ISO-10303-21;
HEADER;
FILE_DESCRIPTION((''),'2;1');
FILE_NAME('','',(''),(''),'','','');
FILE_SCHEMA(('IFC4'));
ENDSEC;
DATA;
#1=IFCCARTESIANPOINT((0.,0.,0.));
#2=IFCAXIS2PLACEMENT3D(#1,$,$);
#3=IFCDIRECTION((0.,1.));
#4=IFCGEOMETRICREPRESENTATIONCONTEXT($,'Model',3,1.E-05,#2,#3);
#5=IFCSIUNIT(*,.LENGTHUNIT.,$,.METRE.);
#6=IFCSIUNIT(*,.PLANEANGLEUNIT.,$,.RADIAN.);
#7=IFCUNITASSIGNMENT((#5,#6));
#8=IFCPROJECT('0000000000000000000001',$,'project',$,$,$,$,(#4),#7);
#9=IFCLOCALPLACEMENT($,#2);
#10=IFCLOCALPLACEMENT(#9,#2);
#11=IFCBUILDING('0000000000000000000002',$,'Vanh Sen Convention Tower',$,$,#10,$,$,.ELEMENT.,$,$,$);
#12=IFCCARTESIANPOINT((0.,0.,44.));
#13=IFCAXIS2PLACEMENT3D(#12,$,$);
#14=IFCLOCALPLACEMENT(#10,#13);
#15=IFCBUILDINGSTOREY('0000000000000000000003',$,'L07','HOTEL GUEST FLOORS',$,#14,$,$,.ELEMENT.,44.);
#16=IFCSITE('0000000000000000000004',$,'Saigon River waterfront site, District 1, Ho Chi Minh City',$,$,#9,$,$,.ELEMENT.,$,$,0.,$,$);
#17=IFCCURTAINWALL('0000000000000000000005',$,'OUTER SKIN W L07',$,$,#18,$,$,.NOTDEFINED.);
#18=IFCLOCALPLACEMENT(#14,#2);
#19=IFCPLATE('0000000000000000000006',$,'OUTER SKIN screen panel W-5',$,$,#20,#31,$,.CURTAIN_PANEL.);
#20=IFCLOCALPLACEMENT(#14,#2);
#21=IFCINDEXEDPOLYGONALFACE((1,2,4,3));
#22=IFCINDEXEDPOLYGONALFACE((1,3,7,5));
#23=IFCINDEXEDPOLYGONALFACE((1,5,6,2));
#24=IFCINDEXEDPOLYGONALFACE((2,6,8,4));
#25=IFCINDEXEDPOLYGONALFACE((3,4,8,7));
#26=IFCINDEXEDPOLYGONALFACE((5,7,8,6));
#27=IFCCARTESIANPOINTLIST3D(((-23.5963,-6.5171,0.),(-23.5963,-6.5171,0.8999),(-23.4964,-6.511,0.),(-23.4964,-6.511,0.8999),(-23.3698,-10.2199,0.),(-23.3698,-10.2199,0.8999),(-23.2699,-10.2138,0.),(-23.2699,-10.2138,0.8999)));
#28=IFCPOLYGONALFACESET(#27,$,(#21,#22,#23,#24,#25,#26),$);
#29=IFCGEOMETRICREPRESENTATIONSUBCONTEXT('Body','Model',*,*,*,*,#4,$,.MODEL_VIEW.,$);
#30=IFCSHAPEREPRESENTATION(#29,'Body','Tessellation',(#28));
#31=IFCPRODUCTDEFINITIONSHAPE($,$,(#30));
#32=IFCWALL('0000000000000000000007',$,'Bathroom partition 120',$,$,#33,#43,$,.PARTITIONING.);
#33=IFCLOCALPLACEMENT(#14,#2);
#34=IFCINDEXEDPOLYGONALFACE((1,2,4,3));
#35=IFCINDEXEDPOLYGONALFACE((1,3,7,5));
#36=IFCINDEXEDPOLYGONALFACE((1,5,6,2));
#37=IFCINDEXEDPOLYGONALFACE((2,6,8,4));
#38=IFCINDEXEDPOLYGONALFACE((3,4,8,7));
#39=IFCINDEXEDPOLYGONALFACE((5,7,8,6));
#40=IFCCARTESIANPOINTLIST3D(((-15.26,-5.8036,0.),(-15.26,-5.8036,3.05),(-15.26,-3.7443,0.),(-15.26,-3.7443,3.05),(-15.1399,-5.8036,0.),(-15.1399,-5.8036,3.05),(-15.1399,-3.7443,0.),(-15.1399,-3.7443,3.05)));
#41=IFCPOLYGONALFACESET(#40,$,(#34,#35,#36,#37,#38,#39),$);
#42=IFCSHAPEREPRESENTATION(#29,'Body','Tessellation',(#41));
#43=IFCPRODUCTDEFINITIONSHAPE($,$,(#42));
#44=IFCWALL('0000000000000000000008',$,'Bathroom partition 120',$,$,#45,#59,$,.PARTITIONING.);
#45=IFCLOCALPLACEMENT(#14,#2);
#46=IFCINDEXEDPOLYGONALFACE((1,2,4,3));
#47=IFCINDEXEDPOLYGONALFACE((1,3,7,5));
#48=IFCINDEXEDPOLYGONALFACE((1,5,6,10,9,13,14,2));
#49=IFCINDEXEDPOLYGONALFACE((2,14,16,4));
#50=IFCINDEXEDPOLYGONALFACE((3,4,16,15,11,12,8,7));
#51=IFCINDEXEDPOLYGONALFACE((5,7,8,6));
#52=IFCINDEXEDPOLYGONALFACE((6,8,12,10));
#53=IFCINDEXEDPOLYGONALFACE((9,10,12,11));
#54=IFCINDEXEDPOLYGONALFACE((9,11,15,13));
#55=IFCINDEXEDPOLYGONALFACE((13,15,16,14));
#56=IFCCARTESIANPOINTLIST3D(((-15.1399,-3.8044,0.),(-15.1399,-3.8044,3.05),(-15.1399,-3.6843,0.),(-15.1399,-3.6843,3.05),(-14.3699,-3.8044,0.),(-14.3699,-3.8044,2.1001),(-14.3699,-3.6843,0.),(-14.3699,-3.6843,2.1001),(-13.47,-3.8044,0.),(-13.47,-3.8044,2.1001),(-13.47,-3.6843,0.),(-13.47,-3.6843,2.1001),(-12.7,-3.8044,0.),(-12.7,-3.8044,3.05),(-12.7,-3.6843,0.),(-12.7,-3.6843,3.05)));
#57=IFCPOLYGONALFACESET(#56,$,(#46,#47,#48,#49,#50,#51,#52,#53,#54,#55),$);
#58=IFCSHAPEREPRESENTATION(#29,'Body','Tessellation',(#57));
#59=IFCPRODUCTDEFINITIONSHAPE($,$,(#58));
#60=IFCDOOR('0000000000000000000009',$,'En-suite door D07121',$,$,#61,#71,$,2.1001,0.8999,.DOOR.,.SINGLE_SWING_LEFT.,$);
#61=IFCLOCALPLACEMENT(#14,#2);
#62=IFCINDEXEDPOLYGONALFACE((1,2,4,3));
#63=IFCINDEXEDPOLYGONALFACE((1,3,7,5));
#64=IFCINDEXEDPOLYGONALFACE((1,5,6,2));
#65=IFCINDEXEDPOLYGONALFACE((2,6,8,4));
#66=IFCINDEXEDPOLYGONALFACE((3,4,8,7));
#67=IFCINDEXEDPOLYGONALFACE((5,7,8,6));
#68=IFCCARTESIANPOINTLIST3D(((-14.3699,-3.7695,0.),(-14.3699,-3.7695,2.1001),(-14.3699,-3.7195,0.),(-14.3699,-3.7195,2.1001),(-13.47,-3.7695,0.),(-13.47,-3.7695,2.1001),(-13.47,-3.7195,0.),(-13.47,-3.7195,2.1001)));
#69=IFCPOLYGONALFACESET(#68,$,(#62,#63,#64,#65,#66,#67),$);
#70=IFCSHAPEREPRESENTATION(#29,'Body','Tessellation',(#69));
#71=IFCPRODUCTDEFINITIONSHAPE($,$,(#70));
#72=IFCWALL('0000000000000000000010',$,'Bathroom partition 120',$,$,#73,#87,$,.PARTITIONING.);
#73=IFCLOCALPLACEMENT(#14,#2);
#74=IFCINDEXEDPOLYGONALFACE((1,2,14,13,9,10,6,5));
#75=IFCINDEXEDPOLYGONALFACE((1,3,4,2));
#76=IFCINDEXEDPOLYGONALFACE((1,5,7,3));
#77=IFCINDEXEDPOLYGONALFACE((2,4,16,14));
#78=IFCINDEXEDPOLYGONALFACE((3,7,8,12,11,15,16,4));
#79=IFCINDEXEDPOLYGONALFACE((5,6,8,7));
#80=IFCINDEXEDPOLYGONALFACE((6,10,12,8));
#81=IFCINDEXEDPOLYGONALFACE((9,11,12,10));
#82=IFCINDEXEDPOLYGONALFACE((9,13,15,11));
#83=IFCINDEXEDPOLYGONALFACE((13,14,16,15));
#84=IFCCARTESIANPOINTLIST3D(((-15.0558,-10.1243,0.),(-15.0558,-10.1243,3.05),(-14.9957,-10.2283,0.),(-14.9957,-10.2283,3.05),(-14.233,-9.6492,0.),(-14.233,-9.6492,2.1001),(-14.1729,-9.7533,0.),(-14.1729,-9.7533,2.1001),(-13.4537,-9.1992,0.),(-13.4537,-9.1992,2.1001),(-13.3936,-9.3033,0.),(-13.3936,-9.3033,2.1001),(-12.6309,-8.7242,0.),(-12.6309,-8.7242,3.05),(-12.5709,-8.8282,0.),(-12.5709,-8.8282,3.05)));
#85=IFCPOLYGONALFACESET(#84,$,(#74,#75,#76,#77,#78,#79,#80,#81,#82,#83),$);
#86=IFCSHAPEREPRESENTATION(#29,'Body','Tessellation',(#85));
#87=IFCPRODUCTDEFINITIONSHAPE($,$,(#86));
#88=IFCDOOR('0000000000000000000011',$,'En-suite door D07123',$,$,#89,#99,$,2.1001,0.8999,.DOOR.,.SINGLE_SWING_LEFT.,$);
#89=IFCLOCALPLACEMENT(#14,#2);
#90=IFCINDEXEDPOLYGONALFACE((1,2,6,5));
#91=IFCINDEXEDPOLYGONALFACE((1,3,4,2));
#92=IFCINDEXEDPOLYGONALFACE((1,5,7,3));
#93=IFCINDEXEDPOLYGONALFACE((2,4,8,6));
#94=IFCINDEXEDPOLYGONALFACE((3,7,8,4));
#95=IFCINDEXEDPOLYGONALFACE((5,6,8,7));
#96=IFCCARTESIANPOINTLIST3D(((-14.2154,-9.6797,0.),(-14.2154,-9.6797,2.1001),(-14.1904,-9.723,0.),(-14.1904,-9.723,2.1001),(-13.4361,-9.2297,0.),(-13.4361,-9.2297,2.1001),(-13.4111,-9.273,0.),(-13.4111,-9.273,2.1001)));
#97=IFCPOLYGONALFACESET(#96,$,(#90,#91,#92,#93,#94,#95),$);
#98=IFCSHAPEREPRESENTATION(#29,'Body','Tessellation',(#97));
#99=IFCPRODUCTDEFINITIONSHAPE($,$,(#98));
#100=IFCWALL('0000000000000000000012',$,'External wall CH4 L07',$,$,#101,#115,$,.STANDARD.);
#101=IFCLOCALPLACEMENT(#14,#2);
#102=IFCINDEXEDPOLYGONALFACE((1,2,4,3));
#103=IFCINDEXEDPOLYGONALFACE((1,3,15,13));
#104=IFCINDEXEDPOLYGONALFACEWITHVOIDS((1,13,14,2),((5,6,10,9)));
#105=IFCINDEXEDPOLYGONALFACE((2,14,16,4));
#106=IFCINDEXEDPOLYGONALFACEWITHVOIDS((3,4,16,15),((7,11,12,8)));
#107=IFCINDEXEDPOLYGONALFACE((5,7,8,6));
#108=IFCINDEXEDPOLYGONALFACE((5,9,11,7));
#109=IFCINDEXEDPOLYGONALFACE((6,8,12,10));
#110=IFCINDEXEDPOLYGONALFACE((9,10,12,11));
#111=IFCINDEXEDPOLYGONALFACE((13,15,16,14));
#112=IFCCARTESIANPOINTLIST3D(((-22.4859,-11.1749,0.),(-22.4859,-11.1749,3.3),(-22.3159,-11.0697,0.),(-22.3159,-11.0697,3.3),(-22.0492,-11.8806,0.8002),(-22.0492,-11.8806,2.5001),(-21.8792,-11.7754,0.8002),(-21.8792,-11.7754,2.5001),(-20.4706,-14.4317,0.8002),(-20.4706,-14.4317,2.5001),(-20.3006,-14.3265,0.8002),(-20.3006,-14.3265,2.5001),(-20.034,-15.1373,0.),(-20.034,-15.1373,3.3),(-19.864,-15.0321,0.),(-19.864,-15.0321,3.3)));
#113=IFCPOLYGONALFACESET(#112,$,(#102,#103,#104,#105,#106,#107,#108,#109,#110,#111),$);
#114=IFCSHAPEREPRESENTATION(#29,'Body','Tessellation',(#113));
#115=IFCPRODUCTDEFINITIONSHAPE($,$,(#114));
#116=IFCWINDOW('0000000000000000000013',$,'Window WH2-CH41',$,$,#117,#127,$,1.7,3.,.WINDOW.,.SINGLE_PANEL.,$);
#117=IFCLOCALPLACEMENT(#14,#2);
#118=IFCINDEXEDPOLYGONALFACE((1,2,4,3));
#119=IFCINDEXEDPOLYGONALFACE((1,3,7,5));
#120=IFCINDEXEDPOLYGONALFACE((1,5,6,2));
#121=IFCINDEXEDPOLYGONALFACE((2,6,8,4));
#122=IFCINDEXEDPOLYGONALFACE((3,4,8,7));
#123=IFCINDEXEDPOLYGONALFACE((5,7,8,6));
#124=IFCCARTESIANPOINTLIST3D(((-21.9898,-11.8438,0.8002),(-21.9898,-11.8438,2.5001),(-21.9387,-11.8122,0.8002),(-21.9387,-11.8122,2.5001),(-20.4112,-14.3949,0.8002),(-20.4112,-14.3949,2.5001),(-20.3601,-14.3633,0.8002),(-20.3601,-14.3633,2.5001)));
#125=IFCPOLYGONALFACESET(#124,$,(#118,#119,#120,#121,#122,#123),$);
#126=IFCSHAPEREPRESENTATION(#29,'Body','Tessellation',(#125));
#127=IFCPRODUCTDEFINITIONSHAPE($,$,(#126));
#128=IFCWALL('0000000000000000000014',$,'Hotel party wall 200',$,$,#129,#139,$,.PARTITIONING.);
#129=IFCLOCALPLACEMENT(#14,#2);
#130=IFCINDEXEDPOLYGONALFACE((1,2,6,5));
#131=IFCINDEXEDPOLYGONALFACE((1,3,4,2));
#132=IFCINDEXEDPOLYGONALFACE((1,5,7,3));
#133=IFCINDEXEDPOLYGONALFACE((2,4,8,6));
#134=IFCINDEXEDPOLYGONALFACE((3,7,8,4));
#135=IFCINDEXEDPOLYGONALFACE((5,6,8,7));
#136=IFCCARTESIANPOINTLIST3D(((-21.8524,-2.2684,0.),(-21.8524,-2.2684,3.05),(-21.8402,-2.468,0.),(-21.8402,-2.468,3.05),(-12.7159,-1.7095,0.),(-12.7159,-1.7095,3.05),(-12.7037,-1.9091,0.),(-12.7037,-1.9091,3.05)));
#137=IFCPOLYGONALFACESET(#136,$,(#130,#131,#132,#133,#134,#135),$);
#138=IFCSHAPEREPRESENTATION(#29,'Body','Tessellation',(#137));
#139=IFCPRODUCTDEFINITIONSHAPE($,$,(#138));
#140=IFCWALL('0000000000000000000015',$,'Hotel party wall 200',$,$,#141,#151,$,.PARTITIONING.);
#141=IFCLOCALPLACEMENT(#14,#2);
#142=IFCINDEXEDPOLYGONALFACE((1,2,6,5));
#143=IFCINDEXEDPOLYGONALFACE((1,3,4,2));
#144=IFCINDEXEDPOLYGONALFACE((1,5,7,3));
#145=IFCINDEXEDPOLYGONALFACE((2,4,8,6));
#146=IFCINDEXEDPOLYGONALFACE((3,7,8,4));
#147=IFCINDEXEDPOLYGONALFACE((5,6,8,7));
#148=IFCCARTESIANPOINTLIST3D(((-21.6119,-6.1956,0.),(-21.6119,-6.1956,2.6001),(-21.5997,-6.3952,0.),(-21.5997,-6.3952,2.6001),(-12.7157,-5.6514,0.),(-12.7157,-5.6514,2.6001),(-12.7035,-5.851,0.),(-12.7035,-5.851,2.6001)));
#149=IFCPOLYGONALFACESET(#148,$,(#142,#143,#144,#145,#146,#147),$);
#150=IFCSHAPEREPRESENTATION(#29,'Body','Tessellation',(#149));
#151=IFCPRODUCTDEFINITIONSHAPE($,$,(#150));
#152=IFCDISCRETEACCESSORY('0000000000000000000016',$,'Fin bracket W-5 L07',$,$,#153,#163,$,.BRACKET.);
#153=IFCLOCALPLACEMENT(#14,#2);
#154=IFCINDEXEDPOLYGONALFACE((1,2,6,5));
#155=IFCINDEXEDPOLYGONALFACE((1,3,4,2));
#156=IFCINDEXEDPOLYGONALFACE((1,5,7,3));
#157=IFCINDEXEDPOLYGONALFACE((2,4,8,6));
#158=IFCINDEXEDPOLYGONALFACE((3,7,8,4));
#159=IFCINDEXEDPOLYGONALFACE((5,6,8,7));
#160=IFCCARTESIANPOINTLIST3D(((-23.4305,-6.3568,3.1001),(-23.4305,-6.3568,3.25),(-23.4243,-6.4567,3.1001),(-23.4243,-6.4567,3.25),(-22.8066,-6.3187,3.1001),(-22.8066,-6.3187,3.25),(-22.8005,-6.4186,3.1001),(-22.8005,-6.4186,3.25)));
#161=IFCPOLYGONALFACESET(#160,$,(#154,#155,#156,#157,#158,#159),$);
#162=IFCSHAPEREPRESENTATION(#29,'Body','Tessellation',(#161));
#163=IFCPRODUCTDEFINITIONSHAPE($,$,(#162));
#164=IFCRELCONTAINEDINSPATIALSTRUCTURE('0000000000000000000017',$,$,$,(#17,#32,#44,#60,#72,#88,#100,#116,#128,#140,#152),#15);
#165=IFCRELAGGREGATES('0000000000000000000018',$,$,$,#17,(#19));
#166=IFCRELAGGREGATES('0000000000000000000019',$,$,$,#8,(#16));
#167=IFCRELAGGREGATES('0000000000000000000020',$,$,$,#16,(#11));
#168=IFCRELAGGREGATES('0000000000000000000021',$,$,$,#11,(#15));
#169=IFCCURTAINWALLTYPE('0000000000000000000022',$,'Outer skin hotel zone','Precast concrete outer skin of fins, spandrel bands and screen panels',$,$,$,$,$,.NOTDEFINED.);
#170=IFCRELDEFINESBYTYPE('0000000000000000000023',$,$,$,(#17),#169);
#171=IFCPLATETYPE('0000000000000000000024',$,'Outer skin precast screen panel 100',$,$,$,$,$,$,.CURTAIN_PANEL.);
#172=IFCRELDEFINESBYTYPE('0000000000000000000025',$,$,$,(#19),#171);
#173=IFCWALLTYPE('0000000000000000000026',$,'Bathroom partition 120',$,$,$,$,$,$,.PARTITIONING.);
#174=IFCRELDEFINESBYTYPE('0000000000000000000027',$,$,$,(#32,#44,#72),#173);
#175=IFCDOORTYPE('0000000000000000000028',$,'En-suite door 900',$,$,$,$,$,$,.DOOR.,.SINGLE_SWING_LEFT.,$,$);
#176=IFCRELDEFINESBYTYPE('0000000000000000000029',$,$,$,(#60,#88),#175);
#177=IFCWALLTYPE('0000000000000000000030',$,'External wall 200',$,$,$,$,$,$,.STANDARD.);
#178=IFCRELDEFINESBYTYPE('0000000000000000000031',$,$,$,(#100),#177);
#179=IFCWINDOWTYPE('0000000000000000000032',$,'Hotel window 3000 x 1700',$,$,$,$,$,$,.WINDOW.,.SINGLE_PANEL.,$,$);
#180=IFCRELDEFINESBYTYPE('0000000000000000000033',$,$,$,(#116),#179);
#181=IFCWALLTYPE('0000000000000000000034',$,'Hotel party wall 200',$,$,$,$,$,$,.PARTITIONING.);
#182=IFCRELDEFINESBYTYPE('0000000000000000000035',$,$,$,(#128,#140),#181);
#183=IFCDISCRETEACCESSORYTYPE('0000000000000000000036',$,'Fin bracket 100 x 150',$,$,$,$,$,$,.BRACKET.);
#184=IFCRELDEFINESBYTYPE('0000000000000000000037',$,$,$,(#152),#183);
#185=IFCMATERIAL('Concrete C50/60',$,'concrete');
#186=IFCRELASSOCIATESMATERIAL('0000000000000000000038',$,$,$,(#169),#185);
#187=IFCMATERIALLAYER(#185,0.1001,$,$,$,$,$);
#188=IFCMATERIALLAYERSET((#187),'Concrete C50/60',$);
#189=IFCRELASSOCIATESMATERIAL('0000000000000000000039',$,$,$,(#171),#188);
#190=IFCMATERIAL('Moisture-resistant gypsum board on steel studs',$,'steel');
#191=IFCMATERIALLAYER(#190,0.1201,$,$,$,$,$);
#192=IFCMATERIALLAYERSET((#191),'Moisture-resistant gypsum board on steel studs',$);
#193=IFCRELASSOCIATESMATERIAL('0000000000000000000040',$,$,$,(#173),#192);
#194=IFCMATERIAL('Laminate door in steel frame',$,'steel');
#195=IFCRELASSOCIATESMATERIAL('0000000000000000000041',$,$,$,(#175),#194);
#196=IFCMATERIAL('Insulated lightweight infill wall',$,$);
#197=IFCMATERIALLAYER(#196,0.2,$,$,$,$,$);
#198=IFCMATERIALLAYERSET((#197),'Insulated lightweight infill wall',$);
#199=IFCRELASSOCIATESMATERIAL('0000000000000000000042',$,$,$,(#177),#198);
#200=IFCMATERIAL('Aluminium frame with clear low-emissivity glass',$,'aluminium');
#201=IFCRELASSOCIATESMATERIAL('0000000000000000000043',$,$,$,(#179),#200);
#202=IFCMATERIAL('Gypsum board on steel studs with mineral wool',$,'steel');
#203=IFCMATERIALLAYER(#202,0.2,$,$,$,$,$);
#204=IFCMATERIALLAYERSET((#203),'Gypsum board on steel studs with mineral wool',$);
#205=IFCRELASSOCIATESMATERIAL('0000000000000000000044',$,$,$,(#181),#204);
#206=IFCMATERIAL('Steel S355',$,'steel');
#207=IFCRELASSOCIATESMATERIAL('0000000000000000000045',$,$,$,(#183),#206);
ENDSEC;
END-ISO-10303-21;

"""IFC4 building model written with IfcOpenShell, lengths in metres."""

from ifc_helpers import new_model, si_unit, direction, frame, frame_2d, origin, origin_2d, place, context, subcontext, project, spatial, rectangle, extrude, material, layer, layer_set, type_object, element, fill, aggregate, save


model = new_model("IFC4")

# Units and contexts
model_context = context("Model", 3, precision=1e-05, world=origin(), true_north=direction((0.0, 1.0)))
body_context = subcontext(model_context, "Body", "Model", "MODEL_VIEW")
ifc_project = project(units=[si_unit("LENGTHUNIT", "METRE"), si_unit("PLANEANGLEUNIT", "RADIAN")], contexts=[model_context])

# Site, building, storey
site_placement = place(None, origin())
site = spatial("IfcSite", under=ifc_project, at=site_placement, Name="Saigon River waterfront site, District 1, Ho Chi Minh City", CompositionType="ELEMENT", RefElevation=0.0)
building_placement = place(site_placement, origin())
building = spatial("IfcBuilding", under=site, at=building_placement, Name="Vanh Sen Convention Tower", CompositionType="ELEMENT")
storey_placement = place(building_placement, frame((0.0, 0.0, 44.0)))
storey = spatial("IfcBuildingStorey", under=building, at=storey_placement, Name="L07", Description="HOTEL GUEST FLOORS", CompositionType="ELEMENT", Elevation=44.0)

# Curtain wall
ifc_material_1 = material(Name="Concrete C50/60", Category="concrete")
curtain_wall_type = type_object("IfcCurtainWallType", Name="Outer skin hotel zone", Description="Precast concrete outer skin of fins, spandrel bands and screen panels", PredefinedType="NOTDEFINED", material=ifc_material_1)
curtain_wall_1_placement = place(storey_placement, origin())
curtain_wall_1 = element("IfcCurtainWall", 1, at=curtain_wall_1_placement, inside=storey, type_object=curtain_wall_type, Name="OUTER SKIN W L07", PredefinedType="NOTDEFINED")

# Plate
ifc_layer_1 = layer(ifc_material_1, 0.1001)
ifc_layer_set_1 = layer_set([ifc_layer_1], Name="Concrete C50/60")
plate_type = type_object("IfcPlateType", Name="Outer skin precast screen panel 100", PredefinedType="CURTAIN_PANEL", material=ifc_layer_set_1)
plate_1_placement = place(storey_placement, frame((-23.4331, -8.3655, 0.0), z_axis=(0.0, 0.0, 1.0), x_axis=(0.061047, -0.998135, 0.0)))
plate_1 = element("IfcPlate", 2, at=plate_1_placement, type_object=plate_type, Name="OUTER SKIN screen panel W-5", PredefinedType="CURTAIN_PANEL", context=body_context, shape_type="SweptSolid", body=[
    extrude(rectangle(XDim=3.7097, YDim=0.1001, at=origin_2d()), origin(), (0.0, 0.0, 1.0), 0.8999),
])
aggregate(curtain_wall_1, [plate_1])

# Wall
ifc_material_2 = material(Name="Moisture-resistant gypsum board on steel studs", Category="steel")
ifc_layer_2 = layer(ifc_material_2, 0.1201)
ifc_layer_set_2 = layer_set([ifc_layer_2], Name="Moisture-resistant gypsum board on steel studs")
wall_type_1 = type_object("IfcWallType", Name="Bathroom partition 120", PredefinedType="PARTITIONING", material=ifc_layer_set_2)
wall_1_placement = place(storey_placement, frame((-15.2, -5.8037, 0.0), z_axis=(0.0, 0.0, 1.0), x_axis=(0.0, 1.0, 0.0)))
element("IfcWall", 3, at=wall_1_placement, inside=storey, type_object=wall_type_1, Name="Bathroom partition 120", PredefinedType="PARTITIONING", context=body_context, shape_type="SweptSolid", body=[
    extrude(rectangle(XDim=2.0593, YDim=0.1201, at=frame_2d((1.0298, 0.0))), origin(), (0.0, 0.0, 1.0), 3.05),
])

# Walls, openings, doors
wall_2_placement = place(storey_placement, frame((-15.1399, -3.7444, 0.0), z_axis=(0.0, 0.0, 1.0), x_axis=(1.0, 0.0, 0.0)))
wall_2 = element("IfcWall", 4, at=wall_2_placement, inside=storey, type_object=wall_type_1, Name="Bathroom partition 120", PredefinedType="PARTITIONING", context=body_context, shape_type="SweptSolid", body=[
    extrude(rectangle(XDim=2.4399, YDim=0.1201, at=frame_2d((1.22, 0.0))), origin(), (0.0, 0.0, 1.0), 3.05),
])
opening_1_placement = place(wall_2_placement, frame((0.77, 0.0, 0.0)))
opening_1 = element("IfcOpeningElement", 5, at=opening_1_placement, cuts=wall_2, PredefinedType="OPENING", context=body_context, shape_type="SweptSolid", body=[
    extrude(rectangle(XDim=0.8999, YDim=2.1001, at=frame_2d((0.45, 1.05))), frame((0.0, 0.0701, 0.0), z_axis=(0.0, -1.0, 0.0), x_axis=(1.0, 0.0, 0.0)), (0.0, 0.0, 1.0), 0.1401),
])
ifc_material_3 = material(Name="Laminate door in steel frame", Category="steel")
door_type = type_object("IfcDoorType", Name="En-suite door 900", OperationType="SINGLE_SWING_LEFT", PredefinedType="DOOR", material=ifc_material_3)
door_1_placement = place(opening_1_placement, origin())
door_1 = element("IfcDoor", 6, at=door_1_placement, inside=storey, type_object=door_type, Name="En-suite door D07121", OperationType="SINGLE_SWING_LEFT", OverallHeight=2.1001, OverallWidth=0.8999, PredefinedType="DOOR", context=body_context, shape_type="SweptSolid", body=[
    extrude(rectangle(XDim=0.8999, YDim=2.1001, at=frame_2d((0.45, 1.05))), frame((0.0, 0.0249, 0.0), z_axis=(0.0, -1.0, 0.0), x_axis=(1.0, 0.0, 0.0)), (0.0, 0.0, 1.0), 0.05),
])
fill(opening_1, door_1)
wall_3_placement = place(storey_placement, frame((-15.0256, -10.1763, 0.0), z_axis=(0.0, 0.0, 1.0), x_axis=(0.865997, 0.50005, 0.0)))
wall_3 = element("IfcWall", 7, at=wall_3_placement, inside=storey, type_object=wall_type_1, Name="Bathroom partition 120", PredefinedType="PARTITIONING", context=body_context, shape_type="SweptSolid", body=[
    extrude(rectangle(XDim=2.8, YDim=0.1201, at=frame_2d((1.3999, 0.0))), origin(), (0.0, 0.0, 1.0), 3.05),
])
opening_2_placement = place(wall_3_placement, frame((0.95, 0.0, 0.0)))
opening_2 = element("IfcOpeningElement", 8, at=opening_2_placement, cuts=wall_3, PredefinedType="OPENING", context=body_context, shape_type="SweptSolid", body=[
    extrude(rectangle(XDim=0.8999, YDim=2.1001, at=frame_2d((0.45, 1.05))), frame((0.0, 0.0701, 0.0), z_axis=(0.0, -1.0, 0.0), x_axis=(1.0, 0.0, 0.0)), (0.0, 0.0, 1.0), 0.1401),
])
door_2_placement = place(opening_2_placement, origin())
door_2 = element("IfcDoor", 9, at=door_2_placement, inside=storey, type_object=door_type, Name="En-suite door D07123", OperationType="SINGLE_SWING_LEFT", OverallHeight=2.1001, OverallWidth=0.8999, PredefinedType="DOOR", context=body_context, shape_type="SweptSolid", body=[
    extrude(rectangle(XDim=0.8999, YDim=2.1001, at=frame_2d((0.45, 1.05))), frame((0.0, 0.0249, 0.0), z_axis=(0.0, -1.0, 0.0), x_axis=(1.0, 0.0, 0.0)), (0.0, 0.0, 1.0), 0.05),
])
fill(opening_2, door_2)

# Wall, opening, window
ifc_material_4 = material(Name="Insulated lightweight infill wall")
ifc_layer_3 = layer(ifc_material_4, 0.2)
ifc_layer_set_3 = layer_set([ifc_layer_3], Name="Insulated lightweight infill wall")
wall_type_2 = type_object("IfcWallType", Name="External wall 200", PredefinedType="STANDARD", material=ifc_layer_set_3)
wall_4_placement = place(storey_placement, frame((-22.4009, -11.1223, 0.0), z_axis=(0.0, 0.0, 1.0), x_axis=(0.526198, -0.850362, 0.0)))
wall_4 = element("IfcWall", 10, at=wall_4_placement, inside=storey, type_object=wall_type_2, Name="External wall CH4 L07", PredefinedType="STANDARD", context=body_context, shape_type="SweptSolid", body=[
    extrude(rectangle(XDim=4.6597, YDim=0.2, at=frame_2d((2.3298, 0.0))), origin(), (0.0, 0.0, 1.0), 3.3),
])
opening_3_placement = place(wall_4_placement, frame((0.8298, 0.0, 0.8)))
opening_3 = element("IfcOpeningElement", 11, at=opening_3_placement, cuts=wall_4, PredefinedType="OPENING", context=body_context, shape_type="SweptSolid", body=[
    extrude(rectangle(XDim=3.0, YDim=1.7, at=frame_2d((1.5, 0.8501))), frame((0.0, 0.1099, 0.0), z_axis=(0.0, -1.0, 0.0), x_axis=(1.0, 0.0, 0.0)), (0.0, 0.0, 1.0), 0.22),
])
ifc_material_5 = material(Name="Aluminium frame with clear low-emissivity glass", Category="aluminium")
window_type = type_object("IfcWindowType", Name="Hotel window 3000 x 1700", PartitioningType="SINGLE_PANEL", PredefinedType="WINDOW", material=ifc_material_5)
window_placement = place(opening_3_placement, origin())
window = element("IfcWindow", 12, at=window_placement, inside=storey, type_object=window_type, Name="Window WH2-CH41", OverallHeight=1.7, OverallWidth=3.0, PartitioningType="SINGLE_PANEL", PredefinedType="WINDOW", context=body_context, shape_type="SweptSolid", body=[
    extrude(rectangle(XDim=3.0, YDim=1.7, at=frame_2d((1.5, 0.8501))), frame((0.0, 0.03, 0.0), z_axis=(0.0, -1.0, 0.0), x_axis=(1.0, 0.0, 0.0)), (0.0, 0.0, 1.0), 0.0601),
])
fill(opening_3, window)

# Walls
ifc_material_6 = material(Name="Gypsum board on steel studs with mineral wool", Category="steel")
ifc_layer_4 = layer(ifc_material_6, 0.2)
ifc_layer_set_4 = layer_set([ifc_layer_4], Name="Gypsum board on steel studs with mineral wool")
wall_type_3 = type_object("IfcWallType", Name="Hotel party wall 200", PredefinedType="PARTITIONING", material=ifc_layer_set_4)
wall_5_placement = place(storey_placement, frame((-21.8462, -2.3682, 0.0), z_axis=(0.0, 0.0, 1.0), x_axis=(0.998135, 0.061051, 0.0)))
element("IfcWall", 13, at=wall_5_placement, inside=storey, type_object=wall_type_3, Name="Hotel party wall 200", PredefinedType="PARTITIONING", context=body_context, shape_type="SweptSolid", body=[
    extrude(rectangle(XDim=9.1536, YDim=0.2, at=frame_2d((4.5767, 0.0))), origin(), (0.0, 0.0, 1.0), 3.05),
])
wall_6_placement = place(storey_placement, frame((-21.606, -6.2954, 0.0), z_axis=(0.0, 0.0, 1.0), x_axis=(0.998134, 0.061057, 0.0)))
element("IfcWall", 14, at=wall_6_placement, inside=storey, type_object=wall_type_3, Name="Hotel party wall 200", PredefinedType="PARTITIONING", context=body_context, shape_type="SweptSolid", body=[
    extrude(rectangle(XDim=8.9128, YDim=0.2, at=frame_2d((4.4565, 0.0))), origin(), (0.0, 0.0, 1.0), 2.6001),
])

# Discrete accessory
ifc_material_7 = material(Name="Steel S355", Category="steel")
discrete_accessory_type = type_object("IfcDiscreteAccessoryType", Name="Fin bracket 100 x 150", PredefinedType="BRACKET", material=ifc_material_7)
discrete_accessory_placement = place(storey_placement, frame((-23.1155, -6.3877, 3.1001), z_axis=(0.0, 0.0, 1.0), x_axis=(-0.998135, -0.061049, 0.0)))
element("IfcDiscreteAccessory", 15, at=discrete_accessory_placement, inside=storey, type_object=discrete_accessory_type, Name="Fin bracket W-5 L07", PredefinedType="BRACKET", context=body_context, shape_type="SweptSolid", body=[
    extrude(rectangle(XDim=0.625, YDim=0.1001, at=origin_2d()), origin(), (0.0, 0.0, 1.0), 0.1499),
])

save(model, "model.ifc")
